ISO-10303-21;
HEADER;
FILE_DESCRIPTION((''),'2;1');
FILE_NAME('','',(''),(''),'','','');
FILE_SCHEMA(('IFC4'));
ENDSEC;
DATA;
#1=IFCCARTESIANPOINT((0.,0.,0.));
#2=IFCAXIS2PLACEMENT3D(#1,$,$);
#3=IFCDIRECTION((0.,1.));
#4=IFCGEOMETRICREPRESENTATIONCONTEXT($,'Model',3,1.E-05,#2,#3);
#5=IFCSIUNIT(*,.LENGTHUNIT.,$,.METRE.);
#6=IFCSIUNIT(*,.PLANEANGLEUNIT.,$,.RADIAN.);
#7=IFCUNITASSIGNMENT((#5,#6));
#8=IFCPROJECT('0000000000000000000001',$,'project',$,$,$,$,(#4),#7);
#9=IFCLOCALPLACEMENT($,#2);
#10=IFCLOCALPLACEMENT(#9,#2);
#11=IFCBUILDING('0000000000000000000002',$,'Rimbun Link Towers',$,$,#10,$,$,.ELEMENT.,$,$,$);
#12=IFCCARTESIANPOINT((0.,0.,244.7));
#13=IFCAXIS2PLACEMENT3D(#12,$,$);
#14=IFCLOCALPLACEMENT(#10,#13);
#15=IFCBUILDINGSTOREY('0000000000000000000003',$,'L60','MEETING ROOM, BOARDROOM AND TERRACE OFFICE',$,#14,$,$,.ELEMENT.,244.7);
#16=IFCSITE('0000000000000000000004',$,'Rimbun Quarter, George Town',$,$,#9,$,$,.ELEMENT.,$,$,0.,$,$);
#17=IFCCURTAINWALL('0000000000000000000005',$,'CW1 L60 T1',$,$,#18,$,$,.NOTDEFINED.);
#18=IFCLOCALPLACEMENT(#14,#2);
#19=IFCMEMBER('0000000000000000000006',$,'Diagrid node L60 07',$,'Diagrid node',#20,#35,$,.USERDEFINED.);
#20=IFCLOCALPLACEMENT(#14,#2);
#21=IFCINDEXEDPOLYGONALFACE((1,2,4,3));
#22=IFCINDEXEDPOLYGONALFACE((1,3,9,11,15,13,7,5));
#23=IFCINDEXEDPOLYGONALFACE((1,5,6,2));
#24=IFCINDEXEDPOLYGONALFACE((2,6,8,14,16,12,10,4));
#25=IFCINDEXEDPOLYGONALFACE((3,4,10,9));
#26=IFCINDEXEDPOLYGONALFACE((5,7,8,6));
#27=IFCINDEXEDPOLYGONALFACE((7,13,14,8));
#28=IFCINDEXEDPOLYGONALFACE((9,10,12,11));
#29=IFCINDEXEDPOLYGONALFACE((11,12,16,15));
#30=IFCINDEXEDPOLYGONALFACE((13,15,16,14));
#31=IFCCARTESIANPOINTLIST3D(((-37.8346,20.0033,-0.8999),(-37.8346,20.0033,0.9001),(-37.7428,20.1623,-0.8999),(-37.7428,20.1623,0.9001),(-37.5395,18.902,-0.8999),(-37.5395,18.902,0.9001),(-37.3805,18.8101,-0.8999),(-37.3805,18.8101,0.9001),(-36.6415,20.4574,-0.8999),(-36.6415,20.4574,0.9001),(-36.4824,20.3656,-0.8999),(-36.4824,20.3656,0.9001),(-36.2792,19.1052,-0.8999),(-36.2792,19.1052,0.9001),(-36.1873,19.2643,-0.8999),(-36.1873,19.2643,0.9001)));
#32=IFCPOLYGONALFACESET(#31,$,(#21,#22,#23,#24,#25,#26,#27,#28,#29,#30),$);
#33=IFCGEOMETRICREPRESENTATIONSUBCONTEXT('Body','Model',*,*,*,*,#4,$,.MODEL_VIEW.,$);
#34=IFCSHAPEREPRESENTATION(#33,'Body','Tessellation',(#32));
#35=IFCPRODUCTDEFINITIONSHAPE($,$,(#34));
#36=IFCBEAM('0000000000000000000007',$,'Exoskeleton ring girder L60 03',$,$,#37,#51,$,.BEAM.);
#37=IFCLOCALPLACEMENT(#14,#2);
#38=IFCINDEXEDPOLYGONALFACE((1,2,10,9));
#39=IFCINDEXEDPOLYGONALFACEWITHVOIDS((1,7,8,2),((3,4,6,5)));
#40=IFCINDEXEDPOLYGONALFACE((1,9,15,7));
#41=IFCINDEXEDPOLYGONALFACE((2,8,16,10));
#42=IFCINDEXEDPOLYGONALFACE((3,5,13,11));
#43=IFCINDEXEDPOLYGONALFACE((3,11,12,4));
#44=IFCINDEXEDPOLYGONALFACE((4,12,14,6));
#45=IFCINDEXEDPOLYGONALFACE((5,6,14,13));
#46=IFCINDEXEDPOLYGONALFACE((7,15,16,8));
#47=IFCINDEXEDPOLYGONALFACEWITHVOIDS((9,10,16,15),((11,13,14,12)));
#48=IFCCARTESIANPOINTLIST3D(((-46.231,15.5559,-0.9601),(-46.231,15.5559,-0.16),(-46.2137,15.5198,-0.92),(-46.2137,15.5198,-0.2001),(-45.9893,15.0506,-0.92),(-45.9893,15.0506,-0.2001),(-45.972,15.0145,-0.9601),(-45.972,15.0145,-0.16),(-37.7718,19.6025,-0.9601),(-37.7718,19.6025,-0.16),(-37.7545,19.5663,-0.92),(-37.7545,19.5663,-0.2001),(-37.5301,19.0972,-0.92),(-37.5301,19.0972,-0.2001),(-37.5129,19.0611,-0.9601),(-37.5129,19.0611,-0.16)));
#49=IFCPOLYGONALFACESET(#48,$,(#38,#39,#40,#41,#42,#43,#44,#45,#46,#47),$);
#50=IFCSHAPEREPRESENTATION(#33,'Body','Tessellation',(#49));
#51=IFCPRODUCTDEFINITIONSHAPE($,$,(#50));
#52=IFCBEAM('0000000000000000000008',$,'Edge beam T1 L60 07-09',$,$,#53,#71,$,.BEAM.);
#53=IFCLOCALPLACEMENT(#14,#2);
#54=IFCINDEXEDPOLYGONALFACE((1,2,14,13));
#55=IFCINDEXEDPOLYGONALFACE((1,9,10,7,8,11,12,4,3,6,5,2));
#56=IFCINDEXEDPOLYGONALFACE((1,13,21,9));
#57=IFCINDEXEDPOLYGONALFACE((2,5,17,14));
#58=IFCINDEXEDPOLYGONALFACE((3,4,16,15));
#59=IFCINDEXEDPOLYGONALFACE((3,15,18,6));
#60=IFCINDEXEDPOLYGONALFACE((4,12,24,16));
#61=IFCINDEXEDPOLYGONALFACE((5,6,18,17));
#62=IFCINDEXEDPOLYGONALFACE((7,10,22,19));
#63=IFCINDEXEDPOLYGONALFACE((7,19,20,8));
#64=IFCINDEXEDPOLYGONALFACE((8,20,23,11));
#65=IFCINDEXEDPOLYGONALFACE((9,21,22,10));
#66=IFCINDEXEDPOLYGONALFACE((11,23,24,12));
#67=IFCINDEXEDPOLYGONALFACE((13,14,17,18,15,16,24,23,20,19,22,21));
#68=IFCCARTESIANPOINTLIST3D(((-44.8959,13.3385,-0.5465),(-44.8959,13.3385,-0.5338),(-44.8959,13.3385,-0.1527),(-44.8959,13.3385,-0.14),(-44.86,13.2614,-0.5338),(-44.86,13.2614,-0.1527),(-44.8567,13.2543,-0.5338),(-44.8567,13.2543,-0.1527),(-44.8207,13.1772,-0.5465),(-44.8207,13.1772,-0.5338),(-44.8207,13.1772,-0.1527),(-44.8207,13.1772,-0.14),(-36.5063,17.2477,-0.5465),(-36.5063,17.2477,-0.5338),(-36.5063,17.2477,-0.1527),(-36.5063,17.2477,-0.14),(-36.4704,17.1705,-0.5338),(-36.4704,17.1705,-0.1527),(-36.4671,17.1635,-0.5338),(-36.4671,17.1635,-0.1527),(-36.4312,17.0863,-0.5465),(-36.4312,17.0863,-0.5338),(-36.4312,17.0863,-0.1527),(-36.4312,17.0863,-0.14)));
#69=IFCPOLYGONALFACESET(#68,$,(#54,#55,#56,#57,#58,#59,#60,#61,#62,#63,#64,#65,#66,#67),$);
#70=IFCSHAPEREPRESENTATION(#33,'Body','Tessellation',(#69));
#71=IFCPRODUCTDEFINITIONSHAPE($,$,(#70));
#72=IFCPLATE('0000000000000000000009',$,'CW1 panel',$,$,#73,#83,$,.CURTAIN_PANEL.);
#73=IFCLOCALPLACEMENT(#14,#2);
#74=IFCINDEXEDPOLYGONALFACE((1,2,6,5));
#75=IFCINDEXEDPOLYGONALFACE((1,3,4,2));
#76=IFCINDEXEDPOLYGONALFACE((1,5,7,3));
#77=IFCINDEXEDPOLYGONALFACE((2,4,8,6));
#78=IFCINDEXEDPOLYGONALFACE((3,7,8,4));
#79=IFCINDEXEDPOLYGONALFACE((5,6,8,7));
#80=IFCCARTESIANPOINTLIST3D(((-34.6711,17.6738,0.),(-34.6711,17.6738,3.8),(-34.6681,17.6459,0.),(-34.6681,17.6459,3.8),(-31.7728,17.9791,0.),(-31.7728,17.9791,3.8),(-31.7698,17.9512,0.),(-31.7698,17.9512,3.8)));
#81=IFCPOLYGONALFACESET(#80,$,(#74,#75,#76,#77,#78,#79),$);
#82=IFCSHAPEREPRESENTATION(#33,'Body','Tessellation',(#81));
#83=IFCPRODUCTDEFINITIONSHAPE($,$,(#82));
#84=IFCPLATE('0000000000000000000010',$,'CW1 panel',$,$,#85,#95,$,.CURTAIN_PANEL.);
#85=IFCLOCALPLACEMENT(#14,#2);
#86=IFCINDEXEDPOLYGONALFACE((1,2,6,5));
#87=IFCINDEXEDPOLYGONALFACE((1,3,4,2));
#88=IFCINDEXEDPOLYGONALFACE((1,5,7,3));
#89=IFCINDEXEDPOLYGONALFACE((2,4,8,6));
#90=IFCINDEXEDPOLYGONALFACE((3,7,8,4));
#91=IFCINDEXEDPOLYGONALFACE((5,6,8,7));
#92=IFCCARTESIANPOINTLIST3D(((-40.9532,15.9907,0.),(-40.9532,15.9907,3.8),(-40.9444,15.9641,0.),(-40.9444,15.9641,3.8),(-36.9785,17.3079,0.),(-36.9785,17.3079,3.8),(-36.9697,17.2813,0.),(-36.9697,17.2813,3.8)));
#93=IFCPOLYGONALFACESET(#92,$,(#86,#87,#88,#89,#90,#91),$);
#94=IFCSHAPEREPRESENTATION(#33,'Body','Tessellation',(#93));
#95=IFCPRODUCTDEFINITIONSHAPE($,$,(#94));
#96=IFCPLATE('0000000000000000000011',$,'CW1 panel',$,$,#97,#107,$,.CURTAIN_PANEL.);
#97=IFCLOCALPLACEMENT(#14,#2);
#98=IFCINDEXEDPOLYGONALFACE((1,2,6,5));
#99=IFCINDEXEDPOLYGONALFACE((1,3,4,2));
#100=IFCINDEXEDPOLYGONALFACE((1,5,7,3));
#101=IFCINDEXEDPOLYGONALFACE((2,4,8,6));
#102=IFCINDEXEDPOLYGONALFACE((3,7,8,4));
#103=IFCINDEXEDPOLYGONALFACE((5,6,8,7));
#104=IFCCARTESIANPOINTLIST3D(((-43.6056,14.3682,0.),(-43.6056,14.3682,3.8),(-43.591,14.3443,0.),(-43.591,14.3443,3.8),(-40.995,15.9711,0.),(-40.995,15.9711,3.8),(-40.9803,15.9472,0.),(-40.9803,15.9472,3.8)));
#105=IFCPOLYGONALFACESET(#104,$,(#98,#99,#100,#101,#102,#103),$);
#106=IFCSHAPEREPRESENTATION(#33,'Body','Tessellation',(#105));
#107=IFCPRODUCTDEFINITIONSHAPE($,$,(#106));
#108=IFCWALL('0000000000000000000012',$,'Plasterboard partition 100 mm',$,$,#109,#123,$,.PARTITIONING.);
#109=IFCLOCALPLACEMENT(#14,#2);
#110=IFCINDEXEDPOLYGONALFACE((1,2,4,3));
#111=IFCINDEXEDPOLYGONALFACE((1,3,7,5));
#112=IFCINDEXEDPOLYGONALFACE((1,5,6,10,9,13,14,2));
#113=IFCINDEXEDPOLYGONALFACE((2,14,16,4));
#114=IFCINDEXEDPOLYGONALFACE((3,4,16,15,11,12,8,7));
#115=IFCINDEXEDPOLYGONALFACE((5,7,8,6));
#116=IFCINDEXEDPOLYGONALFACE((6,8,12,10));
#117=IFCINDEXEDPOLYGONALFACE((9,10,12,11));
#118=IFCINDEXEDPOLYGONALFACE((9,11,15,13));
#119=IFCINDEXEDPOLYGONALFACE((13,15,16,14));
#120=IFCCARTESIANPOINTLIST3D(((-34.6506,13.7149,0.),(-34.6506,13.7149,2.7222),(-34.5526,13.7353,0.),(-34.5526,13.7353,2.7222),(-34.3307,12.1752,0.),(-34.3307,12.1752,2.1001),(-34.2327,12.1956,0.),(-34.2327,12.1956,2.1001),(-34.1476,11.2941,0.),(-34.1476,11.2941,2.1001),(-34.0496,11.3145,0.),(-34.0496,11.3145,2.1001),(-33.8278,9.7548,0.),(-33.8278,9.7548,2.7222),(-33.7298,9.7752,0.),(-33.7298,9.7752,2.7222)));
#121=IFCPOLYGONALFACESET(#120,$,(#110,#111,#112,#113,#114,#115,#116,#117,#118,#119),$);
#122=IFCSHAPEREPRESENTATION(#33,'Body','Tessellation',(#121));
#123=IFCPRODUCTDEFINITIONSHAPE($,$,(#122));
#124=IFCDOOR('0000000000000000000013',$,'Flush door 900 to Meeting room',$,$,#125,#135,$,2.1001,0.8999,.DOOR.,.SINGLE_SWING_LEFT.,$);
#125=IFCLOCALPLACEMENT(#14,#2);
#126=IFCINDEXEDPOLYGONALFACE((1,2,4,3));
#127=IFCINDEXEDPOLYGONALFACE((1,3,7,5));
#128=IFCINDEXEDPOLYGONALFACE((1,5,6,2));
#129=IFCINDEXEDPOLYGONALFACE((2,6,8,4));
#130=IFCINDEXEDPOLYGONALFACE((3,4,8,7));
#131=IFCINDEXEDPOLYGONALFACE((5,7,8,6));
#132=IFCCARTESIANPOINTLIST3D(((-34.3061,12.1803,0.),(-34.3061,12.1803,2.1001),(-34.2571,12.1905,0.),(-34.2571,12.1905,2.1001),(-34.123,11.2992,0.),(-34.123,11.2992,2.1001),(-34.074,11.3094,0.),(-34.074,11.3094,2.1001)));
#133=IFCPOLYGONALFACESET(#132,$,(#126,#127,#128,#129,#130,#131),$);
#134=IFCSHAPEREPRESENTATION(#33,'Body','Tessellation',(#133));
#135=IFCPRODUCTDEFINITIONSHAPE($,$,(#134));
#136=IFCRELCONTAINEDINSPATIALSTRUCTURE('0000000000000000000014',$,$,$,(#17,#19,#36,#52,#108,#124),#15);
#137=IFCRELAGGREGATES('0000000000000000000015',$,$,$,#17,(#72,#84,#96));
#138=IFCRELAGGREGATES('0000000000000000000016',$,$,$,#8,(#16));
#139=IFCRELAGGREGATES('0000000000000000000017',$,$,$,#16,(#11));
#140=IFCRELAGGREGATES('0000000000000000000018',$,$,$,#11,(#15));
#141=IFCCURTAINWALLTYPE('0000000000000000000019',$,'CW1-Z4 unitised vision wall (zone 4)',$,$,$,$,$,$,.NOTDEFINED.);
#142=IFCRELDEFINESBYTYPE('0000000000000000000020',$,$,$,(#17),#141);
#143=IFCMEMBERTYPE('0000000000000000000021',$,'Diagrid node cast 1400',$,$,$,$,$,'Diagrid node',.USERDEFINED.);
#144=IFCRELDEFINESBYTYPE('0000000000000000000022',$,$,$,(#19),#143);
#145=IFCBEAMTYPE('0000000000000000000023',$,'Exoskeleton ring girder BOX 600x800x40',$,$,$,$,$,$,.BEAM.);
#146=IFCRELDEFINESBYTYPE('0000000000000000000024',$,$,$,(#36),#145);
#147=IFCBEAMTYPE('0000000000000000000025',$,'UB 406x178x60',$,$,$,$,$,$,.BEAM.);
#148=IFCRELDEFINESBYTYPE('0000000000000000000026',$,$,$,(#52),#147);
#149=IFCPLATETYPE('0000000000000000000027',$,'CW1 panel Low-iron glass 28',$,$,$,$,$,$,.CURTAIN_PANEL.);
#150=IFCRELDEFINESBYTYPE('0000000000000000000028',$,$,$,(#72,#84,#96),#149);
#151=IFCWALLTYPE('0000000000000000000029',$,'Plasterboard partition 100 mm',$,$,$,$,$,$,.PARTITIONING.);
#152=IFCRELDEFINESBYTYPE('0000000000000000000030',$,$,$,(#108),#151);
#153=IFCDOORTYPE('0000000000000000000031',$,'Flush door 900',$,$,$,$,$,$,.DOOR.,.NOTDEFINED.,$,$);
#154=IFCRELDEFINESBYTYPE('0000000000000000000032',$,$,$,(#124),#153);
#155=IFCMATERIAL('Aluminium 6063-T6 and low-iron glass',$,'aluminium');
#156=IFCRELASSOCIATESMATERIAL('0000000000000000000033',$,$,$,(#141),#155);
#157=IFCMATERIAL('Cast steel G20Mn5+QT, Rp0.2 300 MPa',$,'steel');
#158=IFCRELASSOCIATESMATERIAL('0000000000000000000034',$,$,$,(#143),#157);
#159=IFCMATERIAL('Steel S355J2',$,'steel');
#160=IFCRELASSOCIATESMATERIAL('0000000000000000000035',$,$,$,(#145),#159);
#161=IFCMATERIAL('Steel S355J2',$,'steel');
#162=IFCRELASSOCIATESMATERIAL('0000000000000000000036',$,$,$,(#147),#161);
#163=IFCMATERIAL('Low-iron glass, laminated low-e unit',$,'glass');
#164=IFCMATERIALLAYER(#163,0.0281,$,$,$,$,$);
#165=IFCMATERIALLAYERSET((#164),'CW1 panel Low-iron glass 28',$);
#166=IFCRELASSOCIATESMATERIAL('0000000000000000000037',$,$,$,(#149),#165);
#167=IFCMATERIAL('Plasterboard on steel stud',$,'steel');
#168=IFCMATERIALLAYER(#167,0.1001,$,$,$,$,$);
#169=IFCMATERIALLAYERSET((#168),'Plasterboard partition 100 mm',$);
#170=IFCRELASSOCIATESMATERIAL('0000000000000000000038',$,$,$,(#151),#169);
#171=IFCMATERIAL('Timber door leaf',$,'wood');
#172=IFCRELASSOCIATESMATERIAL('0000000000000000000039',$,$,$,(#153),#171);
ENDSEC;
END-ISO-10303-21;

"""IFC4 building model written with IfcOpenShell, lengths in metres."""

from ifc_helpers import new_model, si_unit, direction, frame, frame_2d, origin, origin_2d, place, context, subcontext, project, spatial, polyline, rectangle, hollow_rectangle, i_section, outline, extrude, material, layer, layer_set, material_profile, profile_set, type_object, element, fill, aggregate, save


model = new_model("IFC4")

# Units and contexts
model_context = context("Model", 3, precision=1e-05, world=origin(), true_north=direction((0.0, 1.0)))
body_context = subcontext(model_context, "Body", "Model", "MODEL_VIEW")
ifc_project = project(units=[si_unit("LENGTHUNIT", "METRE"), si_unit("PLANEANGLEUNIT", "RADIAN")], contexts=[model_context])

# Site, building, storey
site_placement = place(None, origin())
site = spatial("IfcSite", under=ifc_project, at=site_placement, Name="Rimbun Quarter, George Town", CompositionType="ELEMENT", RefElevation=0.0)
building_placement = place(site_placement, origin())
building = spatial("IfcBuilding", under=site, at=building_placement, Name="Rimbun Link Towers", CompositionType="ELEMENT")
storey_placement = place(building_placement, frame((0.0, 0.0, 244.7)))
storey = spatial("IfcBuildingStorey", under=building, at=storey_placement, Name="L60", Description="MEETING ROOM, BOARDROOM AND TERRACE OFFICE", CompositionType="ELEMENT", Elevation=244.7)

# Curtain wall
ifc_material_1 = material(Name="Aluminium 6063-T6 and low-iron glass", Category="aluminium")
curtain_wall_type = type_object("IfcCurtainWallType", Name="CW1-Z4 unitised vision wall (zone 4)", PredefinedType="NOTDEFINED", material=ifc_material_1)
curtain_wall_placement = place(storey_placement, origin())
curtain_wall = element("IfcCurtainWall", 1, at=curtain_wall_placement, inside=storey, type_object=curtain_wall_type, Name="CW1 L60 T1", PredefinedType="NOTDEFINED")

# Member
ifc_material_2 = material(Name="Cast steel G20Mn5+QT, Rp0.2 300 MPa", Category="steel")
ifc_material_profile_1 = material_profile(ifc_material_2, outline(polyline([(0.7, -0.5701), (0.7, 0.5701), (0.5701, 0.7), (-0.5701, 0.7), (-0.7, 0.5701), (-0.7, -0.5701), (-0.5701, -0.7), (0.5701, -0.7), (0.7, -0.5701)])), Name="NODE 1400x1400")
ifc_profile_set_1 = profile_set([ifc_material_profile_1], Name="Cast steel G20Mn5+QT, Rp0.2 300 MPa")
member_type_1 = type_object("IfcMemberType", Name="Diagrid node cast 1400", ElementType="Diagrid node", PredefinedType="USERDEFINED", material=ifc_profile_set_1)
member_1_placement = place(storey_placement, frame((-37.011, 19.6338, -0.8999), z_axis=(0.0, 0.0, 1.0), x_axis=(-0.258819, 0.965926, 0.0)))
element("IfcMember", 2, at=member_1_placement, inside=storey, type_object=member_type_1, Name="Diagrid node L60 07", ObjectType="Diagrid node", PredefinedType="USERDEFINED", context=body_context, shape_type="SweptSolid", body=[
    extrude(outline(polyline([(0.7, -0.5701), (0.7, 0.5701), (0.5701, 0.7), (-0.5701, 0.7), (-0.7, 0.5701), (-0.7, -0.5701), (-0.5701, -0.7), (0.5701, -0.7), (0.7, -0.5701)])), origin(), (0.0, 0.0, 1.0), 1.8),
])

# Beams
ifc_material_3 = material(Name="Steel S355J2", Category="steel")
ifc_material_profile_2 = material_profile(ifc_material_3, hollow_rectangle(XDim=0.6001, YDim=0.8, WallThickness=0.04, at=origin_2d()), Name="Exoskeleton ring girder BOX 600x800x40")
ifc_profile_set_2 = profile_set([ifc_material_profile_2], Name="Steel S355J2")
beam_type_1 = type_object("IfcBeamType", Name="Exoskeleton ring girder BOX 600x800x40", PredefinedType="BEAM", material=ifc_profile_set_2)
beam_1_placement = place(storey_placement, frame((-37.6423, 19.3318, -0.5601), z_axis=(-0.902096, -0.431535, 0.0), x_axis=(0.431535, -0.902096, 0.0)))
element("IfcBeam", 3, at=beam_1_placement, inside=storey, type_object=beam_type_1, Name="Exoskeleton ring girder L60 03", PredefinedType="BEAM", context=body_context, shape_type="SweptSolid", body=[
    extrude(hollow_rectangle(XDim=0.6001, YDim=0.8, WallThickness=0.04, at=origin_2d()), origin(), (0.0, 0.0, 1.0), 9.3772),
])
ifc_material_4 = material(Name="Steel S355J2", Category="steel")
ifc_material_profile_3 = material_profile(ifc_material_4, i_section(OverallWidth=0.178, OverallDepth=0.4065, WebThickness=0.0078, FlangeThickness=0.0127, at=origin_2d()), Name="UB 406x178x60")
ifc_profile_set_3 = profile_set([ifc_material_profile_3], Name="Steel S355J2")
beam_type_2 = type_object("IfcBeamType", Name="UB 406x178x60", PredefinedType="BEAM", material=ifc_profile_set_3)
beam_2_placement = place(storey_placement, frame((-36.4688, 17.167, -0.3433), z_axis=(-0.906431, -0.422354, 0.0), x_axis=(0.422354, -0.906431, 0.0)))
element("IfcBeam", 4, at=beam_2_placement, inside=storey, type_object=beam_type_2, Name="Edge beam T1 L60 07-09", PredefinedType="BEAM", context=body_context, shape_type="SweptSolid", body=[
    extrude(i_section(OverallWidth=0.178, OverallDepth=0.4065, WebThickness=0.0078, FlangeThickness=0.0127, at=origin_2d()), origin(), (0.0, 0.0, 1.0), 9.2556),
])

# Plates
ifc_material_5 = material(Name="Low-iron glass, laminated low-e unit", Category="glass")
ifc_layer_1 = layer(ifc_material_5, 0.0281)
ifc_layer_set_1 = layer_set([ifc_layer_1], Name="CW1 panel Low-iron glass 28")
plate_type = type_object("IfcPlateType", Name="CW1 panel Low-iron glass 28", PredefinedType="CURTAIN_PANEL", material=ifc_layer_set_1)
plate_1_placement = place(storey_placement, frame((-33.2205, 17.8125, 0.0), z_axis=(0.0, 0.0, 1.0), x_axis=(0.9945, 0.104732, 0.0)))
plate_1 = element("IfcPlate", 5, at=plate_1_placement, type_object=plate_type, Name="CW1 panel", PredefinedType="CURTAIN_PANEL", context=body_context, shape_type="SweptSolid", body=[
    extrude(rectangle(XDim=2.9143, YDim=0.0281, at=origin_2d()), origin(), (0.0, 0.0, 1.0), 3.8),
])
plate_2_placement = place(storey_placement, frame((-38.9614, 16.636, 0.0), z_axis=(0.0, 0.0, 1.0), x_axis=(0.949234, 0.314569, 0.0)))
plate_2 = element("IfcPlate", 6, at=plate_2_placement, type_object=plate_type, Name="CW1 panel", PredefinedType="CURTAIN_PANEL", context=body_context, shape_type="SweptSolid", body=[
    extrude(rectangle(XDim=4.1873, YDim=0.0281, at=origin_2d()), origin(), (0.0, 0.0, 1.0), 3.8),
])
plate_3_placement = place(storey_placement, frame((-42.293, 15.1577, 0.0), z_axis=(0.0, 0.0, 1.0), x_axis=(0.852192, 0.523229, 0.0)))
plate_3 = element("IfcPlate", 7, at=plate_3_placement, type_object=plate_type, Name="CW1 panel", PredefinedType="CURTAIN_PANEL", context=body_context, shape_type="SweptSolid", body=[
    extrude(rectangle(XDim=3.0635, YDim=0.0281, at=origin_2d()), origin(), (0.0, 0.0, 1.0), 3.8),
])
aggregate(curtain_wall, [plate_1, plate_2, plate_3])

# Wall, opening, door
ifc_material_6 = material(Name="Plasterboard on steel stud", Category="steel")
ifc_layer_2 = layer(ifc_material_6, 0.1001)
ifc_layer_set_2 = layer_set([ifc_layer_2], Name="Plasterboard partition 100 mm")
wall_type = type_object("IfcWallType", Name="Plasterboard partition 100 mm", PredefinedType="PARTITIONING", material=ifc_layer_set_2)
wall_placement = place(storey_placement, frame((-33.7788, 9.7649, 0.0), z_axis=(0.0, 0.0, 1.0), x_axis=(-0.203412, 0.979093, 0.0)))
wall = element("IfcWall", 8, at=wall_placement, inside=storey, type_object=wall_type, Name="Plasterboard partition 100 mm", PredefinedType="PARTITIONING", context=body_context, shape_type="SweptSolid", body=[
    extrude(rectangle(XDim=4.0447, YDim=0.1001, at=frame_2d((2.0225, 0.0))), origin(), (0.0, 0.0, 1.0), 2.7222),
])
opening_placement = place(wall_placement, frame((1.5723, 0.0, 0.0)))
opening = element("IfcOpeningElement", 9, at=opening_placement, cuts=wall, PredefinedType="OPENING", context=body_context, shape_type="SweptSolid", body=[
    extrude(rectangle(XDim=0.8999, YDim=2.1001, at=frame_2d((0.45, 1.05))), frame((0.0, 0.0601, 0.0), z_axis=(0.0, -1.0, 0.0), x_axis=(1.0, 0.0, 0.0)), (0.0, 0.0, 1.0), 0.1201),
])
ifc_material_7 = material(Name="Timber door leaf", Category="wood")
door_type = type_object("IfcDoorType", Name="Flush door 900", OperationType="NOTDEFINED", PredefinedType="DOOR", material=ifc_material_7)
door_placement = place(opening_placement, origin())
door = element("IfcDoor", 10, at=door_placement, inside=storey, type_object=door_type, Name="Flush door 900 to Meeting room", OperationType="SINGLE_SWING_LEFT", OverallHeight=2.1001, OverallWidth=0.8999, PredefinedType="DOOR", context=body_context, shape_type="SweptSolid", body=[
    extrude(rectangle(XDim=0.8999, YDim=2.1001, at=frame_2d((0.45, 1.05))), frame((0.0, 0.0249, 0.0), z_axis=(0.0, -1.0, 0.0), x_axis=(1.0, 0.0, 0.0)), (0.0, 0.0, 1.0), 0.05),
])
fill(opening, door)

save(model, "model.ifc")
